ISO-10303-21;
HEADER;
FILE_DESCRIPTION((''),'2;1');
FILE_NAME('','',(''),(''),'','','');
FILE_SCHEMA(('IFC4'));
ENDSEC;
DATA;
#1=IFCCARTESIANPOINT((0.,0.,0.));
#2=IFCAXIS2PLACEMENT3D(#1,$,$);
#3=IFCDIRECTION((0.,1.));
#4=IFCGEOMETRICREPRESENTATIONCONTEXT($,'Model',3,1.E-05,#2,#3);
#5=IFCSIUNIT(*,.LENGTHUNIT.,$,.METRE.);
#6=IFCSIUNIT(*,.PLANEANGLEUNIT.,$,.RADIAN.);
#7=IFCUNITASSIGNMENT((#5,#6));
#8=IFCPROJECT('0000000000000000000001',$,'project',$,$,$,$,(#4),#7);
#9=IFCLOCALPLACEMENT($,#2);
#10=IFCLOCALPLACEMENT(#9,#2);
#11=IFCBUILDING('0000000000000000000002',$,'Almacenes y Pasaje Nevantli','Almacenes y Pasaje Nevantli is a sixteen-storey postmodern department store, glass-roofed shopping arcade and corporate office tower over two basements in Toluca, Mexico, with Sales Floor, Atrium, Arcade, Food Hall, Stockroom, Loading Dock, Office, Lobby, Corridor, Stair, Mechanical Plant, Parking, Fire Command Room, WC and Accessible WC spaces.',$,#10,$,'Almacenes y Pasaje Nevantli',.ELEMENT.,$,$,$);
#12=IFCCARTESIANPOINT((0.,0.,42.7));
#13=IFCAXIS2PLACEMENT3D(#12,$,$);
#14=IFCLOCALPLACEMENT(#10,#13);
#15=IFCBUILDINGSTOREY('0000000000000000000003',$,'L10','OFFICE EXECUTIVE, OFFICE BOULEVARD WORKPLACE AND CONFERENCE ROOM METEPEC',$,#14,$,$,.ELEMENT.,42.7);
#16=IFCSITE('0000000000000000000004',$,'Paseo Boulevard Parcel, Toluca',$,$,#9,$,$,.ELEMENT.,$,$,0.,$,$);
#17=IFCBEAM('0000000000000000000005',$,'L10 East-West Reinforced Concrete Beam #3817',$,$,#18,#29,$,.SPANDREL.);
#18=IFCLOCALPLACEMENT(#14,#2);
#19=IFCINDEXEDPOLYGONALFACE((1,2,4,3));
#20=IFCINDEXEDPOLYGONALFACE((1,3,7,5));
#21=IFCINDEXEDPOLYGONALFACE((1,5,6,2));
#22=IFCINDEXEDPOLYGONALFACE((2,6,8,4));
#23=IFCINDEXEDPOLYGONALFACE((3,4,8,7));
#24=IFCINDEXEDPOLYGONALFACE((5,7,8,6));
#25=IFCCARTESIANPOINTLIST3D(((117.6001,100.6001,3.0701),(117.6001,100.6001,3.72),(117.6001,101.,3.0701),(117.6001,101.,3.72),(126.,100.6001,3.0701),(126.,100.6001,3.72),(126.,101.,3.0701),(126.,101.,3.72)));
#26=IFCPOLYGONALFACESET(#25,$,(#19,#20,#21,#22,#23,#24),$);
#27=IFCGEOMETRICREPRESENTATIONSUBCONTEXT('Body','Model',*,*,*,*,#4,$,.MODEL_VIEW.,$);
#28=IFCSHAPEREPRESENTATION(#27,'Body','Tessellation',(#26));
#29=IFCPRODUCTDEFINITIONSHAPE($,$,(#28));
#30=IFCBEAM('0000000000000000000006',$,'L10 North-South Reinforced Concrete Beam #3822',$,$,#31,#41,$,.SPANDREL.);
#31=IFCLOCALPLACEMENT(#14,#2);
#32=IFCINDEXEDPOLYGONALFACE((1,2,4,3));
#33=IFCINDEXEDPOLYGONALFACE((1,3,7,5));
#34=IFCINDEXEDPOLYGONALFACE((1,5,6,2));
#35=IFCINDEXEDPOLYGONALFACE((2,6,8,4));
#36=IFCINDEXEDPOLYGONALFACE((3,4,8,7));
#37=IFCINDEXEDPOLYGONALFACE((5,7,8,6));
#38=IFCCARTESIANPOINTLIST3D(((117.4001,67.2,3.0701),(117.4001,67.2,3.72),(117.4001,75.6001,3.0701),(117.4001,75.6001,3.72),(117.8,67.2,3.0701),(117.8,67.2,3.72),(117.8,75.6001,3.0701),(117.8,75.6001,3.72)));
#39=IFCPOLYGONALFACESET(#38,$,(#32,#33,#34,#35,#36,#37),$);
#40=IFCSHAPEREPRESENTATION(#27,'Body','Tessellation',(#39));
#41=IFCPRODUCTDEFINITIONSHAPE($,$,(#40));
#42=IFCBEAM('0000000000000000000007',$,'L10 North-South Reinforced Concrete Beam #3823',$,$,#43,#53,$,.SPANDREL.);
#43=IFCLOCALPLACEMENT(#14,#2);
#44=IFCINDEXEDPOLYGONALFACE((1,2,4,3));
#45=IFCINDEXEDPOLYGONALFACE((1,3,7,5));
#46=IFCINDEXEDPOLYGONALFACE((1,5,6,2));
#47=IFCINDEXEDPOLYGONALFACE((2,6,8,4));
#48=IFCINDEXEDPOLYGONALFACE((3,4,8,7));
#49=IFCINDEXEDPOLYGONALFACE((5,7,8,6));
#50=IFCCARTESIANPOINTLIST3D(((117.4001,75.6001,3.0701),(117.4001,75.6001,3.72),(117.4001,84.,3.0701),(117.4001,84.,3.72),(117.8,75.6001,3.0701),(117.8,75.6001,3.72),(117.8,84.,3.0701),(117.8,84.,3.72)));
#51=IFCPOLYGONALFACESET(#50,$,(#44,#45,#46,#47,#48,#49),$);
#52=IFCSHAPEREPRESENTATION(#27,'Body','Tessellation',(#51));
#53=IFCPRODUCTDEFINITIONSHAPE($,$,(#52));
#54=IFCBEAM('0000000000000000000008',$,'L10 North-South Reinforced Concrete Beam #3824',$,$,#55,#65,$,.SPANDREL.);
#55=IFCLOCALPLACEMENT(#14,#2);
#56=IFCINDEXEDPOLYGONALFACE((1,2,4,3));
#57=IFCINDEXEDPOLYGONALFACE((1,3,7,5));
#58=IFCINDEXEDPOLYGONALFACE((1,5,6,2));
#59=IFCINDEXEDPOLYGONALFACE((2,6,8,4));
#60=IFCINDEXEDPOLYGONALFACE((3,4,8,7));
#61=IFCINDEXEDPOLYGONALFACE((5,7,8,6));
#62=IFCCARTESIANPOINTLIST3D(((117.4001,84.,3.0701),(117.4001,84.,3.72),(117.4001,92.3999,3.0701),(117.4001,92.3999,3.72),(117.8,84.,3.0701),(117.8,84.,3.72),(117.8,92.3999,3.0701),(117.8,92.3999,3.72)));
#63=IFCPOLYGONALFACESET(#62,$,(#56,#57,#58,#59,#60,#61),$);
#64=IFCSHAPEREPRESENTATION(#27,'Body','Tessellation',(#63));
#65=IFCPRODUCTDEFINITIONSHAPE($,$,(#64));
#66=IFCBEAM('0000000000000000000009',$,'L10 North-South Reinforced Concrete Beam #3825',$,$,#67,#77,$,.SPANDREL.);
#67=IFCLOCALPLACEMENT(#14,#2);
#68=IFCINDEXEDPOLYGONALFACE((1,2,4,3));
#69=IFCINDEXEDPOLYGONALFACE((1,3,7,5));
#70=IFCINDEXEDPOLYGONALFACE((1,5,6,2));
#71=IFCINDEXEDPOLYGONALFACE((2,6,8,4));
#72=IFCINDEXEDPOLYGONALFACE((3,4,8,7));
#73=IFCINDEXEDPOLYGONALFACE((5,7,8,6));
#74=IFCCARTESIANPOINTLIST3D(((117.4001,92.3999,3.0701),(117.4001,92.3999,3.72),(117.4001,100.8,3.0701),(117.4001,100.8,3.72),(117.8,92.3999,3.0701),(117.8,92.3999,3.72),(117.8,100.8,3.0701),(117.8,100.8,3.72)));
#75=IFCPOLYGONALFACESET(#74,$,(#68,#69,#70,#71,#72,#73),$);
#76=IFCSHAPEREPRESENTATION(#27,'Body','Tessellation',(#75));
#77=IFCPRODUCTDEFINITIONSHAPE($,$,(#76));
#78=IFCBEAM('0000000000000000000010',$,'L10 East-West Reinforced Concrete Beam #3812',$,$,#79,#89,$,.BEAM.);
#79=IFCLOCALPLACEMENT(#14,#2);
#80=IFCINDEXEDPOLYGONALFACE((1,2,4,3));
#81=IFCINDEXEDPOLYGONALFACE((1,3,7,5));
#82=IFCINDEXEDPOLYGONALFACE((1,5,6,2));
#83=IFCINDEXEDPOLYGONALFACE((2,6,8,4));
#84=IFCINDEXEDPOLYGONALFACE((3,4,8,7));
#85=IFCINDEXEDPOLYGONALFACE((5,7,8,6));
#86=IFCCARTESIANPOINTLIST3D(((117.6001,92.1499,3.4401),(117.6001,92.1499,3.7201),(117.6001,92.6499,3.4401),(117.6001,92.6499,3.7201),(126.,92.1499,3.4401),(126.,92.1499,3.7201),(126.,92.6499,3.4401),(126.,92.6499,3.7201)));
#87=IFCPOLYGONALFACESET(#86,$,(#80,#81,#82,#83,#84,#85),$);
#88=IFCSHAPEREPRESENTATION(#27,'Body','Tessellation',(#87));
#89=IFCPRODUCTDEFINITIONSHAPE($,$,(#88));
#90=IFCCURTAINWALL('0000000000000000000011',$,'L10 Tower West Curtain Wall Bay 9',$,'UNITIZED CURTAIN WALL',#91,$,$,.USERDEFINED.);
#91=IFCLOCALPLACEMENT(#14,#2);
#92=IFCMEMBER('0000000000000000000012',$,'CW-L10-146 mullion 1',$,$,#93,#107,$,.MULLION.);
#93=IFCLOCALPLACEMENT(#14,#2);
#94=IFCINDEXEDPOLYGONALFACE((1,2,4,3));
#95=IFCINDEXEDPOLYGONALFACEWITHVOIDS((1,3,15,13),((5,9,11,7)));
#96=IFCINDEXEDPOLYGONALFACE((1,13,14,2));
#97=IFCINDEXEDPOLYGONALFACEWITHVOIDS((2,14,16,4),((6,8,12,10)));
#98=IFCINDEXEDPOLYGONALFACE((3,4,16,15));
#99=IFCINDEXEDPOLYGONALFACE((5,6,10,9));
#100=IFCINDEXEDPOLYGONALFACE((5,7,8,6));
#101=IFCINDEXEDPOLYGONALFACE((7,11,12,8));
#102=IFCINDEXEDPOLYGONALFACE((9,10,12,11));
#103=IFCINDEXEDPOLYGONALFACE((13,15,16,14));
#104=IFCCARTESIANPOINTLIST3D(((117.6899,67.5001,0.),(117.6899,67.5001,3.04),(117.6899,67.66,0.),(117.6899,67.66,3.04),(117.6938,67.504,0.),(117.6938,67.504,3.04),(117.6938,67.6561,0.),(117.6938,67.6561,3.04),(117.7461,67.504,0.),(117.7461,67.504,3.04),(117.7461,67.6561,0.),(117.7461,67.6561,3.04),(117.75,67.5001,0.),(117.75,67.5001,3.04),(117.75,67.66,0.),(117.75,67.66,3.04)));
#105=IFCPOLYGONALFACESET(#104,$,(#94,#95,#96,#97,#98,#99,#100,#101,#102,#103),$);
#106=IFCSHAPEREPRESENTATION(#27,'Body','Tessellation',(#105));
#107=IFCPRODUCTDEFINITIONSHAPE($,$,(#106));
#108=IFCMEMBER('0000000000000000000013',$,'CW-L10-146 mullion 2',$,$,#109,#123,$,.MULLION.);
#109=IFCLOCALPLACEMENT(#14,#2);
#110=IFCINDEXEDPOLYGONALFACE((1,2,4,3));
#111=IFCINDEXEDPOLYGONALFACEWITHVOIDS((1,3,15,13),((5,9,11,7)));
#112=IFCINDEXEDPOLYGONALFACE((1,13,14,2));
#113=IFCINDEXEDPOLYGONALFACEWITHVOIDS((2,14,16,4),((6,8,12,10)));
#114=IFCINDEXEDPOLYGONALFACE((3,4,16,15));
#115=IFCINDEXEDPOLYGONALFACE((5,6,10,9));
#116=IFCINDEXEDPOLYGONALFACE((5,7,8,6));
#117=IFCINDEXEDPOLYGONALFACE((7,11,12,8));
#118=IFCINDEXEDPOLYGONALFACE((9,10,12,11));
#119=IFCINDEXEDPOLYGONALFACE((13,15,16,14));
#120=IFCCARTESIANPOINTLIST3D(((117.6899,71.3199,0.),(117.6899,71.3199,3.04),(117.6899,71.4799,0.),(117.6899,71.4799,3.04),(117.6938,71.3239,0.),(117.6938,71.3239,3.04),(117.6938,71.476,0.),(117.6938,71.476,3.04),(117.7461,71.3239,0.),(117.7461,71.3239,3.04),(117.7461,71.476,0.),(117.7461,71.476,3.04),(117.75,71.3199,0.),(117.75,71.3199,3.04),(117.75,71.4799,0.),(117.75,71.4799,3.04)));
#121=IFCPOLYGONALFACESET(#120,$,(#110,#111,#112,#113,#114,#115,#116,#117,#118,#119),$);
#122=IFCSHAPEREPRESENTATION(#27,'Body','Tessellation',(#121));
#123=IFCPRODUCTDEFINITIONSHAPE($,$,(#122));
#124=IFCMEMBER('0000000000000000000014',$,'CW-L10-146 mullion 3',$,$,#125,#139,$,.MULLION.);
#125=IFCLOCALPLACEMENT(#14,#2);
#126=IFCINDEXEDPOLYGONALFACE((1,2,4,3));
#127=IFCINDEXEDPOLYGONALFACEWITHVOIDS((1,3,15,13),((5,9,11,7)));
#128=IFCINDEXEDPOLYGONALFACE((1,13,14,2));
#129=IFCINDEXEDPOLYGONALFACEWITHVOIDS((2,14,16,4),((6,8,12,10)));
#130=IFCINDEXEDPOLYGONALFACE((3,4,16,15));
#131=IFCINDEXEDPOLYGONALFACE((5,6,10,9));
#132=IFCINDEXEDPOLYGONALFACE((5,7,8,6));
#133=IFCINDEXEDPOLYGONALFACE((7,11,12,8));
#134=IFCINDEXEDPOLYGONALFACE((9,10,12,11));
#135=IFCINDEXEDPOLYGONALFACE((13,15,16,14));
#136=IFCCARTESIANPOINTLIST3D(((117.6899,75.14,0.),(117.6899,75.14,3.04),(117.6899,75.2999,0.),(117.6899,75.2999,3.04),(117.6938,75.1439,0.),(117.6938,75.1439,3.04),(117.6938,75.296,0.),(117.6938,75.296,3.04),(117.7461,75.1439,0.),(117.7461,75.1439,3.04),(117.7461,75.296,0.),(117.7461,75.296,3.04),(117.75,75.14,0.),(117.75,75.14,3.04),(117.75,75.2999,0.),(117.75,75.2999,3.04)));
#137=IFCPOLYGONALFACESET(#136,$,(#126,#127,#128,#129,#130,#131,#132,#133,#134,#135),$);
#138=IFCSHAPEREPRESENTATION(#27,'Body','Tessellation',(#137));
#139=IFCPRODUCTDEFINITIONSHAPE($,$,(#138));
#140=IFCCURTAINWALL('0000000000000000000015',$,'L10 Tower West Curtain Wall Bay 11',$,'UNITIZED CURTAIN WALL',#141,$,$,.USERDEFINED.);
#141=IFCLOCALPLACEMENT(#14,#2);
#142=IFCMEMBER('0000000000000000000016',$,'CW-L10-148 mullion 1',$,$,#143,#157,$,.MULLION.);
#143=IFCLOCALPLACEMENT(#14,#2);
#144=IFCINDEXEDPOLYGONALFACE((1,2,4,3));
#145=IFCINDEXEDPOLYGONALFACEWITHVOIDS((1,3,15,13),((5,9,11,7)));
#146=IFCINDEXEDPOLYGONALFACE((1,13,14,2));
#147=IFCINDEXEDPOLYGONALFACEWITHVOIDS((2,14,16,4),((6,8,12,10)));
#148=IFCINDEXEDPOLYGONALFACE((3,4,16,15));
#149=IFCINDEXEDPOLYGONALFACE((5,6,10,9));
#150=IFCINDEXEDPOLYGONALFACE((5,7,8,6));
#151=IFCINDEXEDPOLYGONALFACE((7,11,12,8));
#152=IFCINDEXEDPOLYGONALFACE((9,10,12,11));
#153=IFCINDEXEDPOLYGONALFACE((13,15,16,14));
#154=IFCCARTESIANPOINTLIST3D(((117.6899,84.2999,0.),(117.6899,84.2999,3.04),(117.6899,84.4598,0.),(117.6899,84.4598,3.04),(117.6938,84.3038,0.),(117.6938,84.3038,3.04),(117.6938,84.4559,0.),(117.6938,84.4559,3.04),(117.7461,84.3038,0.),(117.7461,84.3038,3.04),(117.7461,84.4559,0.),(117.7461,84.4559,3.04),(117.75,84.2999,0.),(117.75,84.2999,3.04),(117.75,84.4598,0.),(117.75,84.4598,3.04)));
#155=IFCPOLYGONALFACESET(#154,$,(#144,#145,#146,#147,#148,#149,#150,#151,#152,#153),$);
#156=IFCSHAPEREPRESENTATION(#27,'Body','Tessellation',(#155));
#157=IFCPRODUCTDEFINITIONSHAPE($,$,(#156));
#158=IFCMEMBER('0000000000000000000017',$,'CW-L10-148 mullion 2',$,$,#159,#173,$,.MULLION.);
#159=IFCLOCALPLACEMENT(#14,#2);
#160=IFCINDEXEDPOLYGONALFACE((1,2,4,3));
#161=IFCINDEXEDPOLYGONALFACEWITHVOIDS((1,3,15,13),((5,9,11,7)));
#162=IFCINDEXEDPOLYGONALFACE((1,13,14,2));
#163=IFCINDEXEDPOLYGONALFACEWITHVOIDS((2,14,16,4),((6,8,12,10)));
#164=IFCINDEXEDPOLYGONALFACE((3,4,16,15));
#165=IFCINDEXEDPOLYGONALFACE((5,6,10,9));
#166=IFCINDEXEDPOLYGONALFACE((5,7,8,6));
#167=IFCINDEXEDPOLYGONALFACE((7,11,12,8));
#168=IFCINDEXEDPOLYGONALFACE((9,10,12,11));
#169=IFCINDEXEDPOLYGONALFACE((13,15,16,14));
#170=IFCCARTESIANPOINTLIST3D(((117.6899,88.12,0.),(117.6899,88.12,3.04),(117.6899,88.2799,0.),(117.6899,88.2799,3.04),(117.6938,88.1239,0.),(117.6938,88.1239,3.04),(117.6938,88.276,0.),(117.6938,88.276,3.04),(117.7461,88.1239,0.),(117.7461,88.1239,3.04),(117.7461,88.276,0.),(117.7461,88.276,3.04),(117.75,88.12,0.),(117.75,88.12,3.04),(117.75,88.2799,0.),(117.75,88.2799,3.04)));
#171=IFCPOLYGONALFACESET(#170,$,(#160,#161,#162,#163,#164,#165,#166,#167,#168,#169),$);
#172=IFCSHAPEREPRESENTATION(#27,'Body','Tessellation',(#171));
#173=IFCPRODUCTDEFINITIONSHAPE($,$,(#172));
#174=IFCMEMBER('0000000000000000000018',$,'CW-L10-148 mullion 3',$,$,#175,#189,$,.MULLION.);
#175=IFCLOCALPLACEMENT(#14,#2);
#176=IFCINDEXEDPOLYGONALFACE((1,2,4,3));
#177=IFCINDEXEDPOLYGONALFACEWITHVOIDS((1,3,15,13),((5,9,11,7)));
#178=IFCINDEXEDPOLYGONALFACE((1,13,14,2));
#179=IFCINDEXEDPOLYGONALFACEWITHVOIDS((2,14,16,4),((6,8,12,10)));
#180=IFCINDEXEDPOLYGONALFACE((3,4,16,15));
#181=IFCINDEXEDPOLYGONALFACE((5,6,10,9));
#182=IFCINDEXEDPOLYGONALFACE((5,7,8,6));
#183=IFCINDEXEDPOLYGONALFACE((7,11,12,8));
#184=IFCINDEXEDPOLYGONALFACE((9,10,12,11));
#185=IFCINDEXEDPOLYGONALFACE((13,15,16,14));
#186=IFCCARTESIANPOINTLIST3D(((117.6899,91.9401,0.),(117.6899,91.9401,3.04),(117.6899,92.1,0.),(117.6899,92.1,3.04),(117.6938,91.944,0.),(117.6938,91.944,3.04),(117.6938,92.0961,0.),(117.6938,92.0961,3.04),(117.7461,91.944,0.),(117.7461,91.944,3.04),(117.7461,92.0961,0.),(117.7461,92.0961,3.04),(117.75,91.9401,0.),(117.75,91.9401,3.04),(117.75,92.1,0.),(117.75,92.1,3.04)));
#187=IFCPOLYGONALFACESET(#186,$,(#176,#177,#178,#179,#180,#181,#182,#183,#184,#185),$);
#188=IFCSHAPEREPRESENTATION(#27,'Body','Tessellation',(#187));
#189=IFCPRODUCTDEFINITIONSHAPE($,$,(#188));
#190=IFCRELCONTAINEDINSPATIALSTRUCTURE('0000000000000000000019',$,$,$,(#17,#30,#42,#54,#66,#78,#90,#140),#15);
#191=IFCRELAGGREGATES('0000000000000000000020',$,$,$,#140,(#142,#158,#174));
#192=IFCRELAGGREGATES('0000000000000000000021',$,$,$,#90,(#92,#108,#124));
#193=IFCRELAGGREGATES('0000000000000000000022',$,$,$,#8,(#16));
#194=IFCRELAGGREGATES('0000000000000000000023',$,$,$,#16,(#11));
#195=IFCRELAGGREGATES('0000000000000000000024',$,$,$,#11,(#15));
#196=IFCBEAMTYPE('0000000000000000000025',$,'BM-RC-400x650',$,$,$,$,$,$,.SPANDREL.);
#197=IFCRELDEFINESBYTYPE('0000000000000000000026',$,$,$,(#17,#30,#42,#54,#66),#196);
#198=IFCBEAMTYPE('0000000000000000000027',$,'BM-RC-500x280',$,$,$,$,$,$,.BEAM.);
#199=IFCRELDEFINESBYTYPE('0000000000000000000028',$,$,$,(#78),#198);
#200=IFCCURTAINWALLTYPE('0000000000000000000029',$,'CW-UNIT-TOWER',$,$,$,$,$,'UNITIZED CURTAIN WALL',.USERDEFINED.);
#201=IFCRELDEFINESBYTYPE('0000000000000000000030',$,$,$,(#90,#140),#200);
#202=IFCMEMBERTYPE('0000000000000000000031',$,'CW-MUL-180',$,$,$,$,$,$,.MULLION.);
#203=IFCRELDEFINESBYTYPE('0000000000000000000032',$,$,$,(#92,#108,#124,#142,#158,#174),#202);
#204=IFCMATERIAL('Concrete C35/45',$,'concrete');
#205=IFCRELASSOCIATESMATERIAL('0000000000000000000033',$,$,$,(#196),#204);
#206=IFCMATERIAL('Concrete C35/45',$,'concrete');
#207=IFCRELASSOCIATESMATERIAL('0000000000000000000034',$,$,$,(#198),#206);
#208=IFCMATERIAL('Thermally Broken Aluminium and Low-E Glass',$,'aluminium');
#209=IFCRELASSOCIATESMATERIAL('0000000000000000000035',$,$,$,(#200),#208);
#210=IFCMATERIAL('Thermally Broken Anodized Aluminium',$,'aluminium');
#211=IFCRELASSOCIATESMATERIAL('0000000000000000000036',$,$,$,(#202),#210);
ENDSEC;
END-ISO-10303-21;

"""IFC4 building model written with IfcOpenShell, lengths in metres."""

from ifc_helpers import new_model, si_unit, direction, frame, origin, origin_2d, place, context, subcontext, project, spatial, rectangle, hollow_rectangle, extrude, material, material_profile, profile_set, type_object, element, aggregate, save


model = new_model("IFC4")

# Units and contexts
model_context = context("Model", 3, precision=1e-05, world=origin(), true_north=direction((0.0, 1.0)))
body_context = subcontext(model_context, "Body", "Model", "MODEL_VIEW")
ifc_project = project(units=[si_unit("LENGTHUNIT", "METRE"), si_unit("PLANEANGLEUNIT", "RADIAN")], contexts=[model_context])

# Site, building, storey
site_placement = place(None, origin())
site = spatial("IfcSite", under=ifc_project, at=site_placement, Name="Paseo Boulevard Parcel, Toluca", CompositionType="ELEMENT", RefElevation=0.0)
building_placement = place(site_placement, origin())
building = spatial("IfcBuilding", under=site, at=building_placement, Name="Almacenes y Pasaje Nevantli", Description="Almacenes y Pasaje Nevantli is a sixteen-storey postmodern department store, glass-roofed shopping arcade and corporate office tower over two basements in Toluca, Mexico, with Sales Floor, Atrium, Arcade, Food Hall, Stockroom, Loading Dock, Office, Lobby, Corridor, Stair, Mechanical Plant, Parking, Fire Command Room, WC and Accessible WC spaces.", LongName="Almacenes y Pasaje Nevantli", CompositionType="ELEMENT")
storey_placement = place(building_placement, frame((0.0, 0.0, 42.7)))
storey = spatial("IfcBuildingStorey", under=building, at=storey_placement, Name="L10", Description="OFFICE EXECUTIVE, OFFICE BOULEVARD WORKPLACE AND CONFERENCE ROOM METEPEC", CompositionType="ELEMENT", Elevation=42.7)

# Beams
ifc_material_1 = material(Name="Concrete C35/45", Category="concrete")
ifc_material_profile_1 = material_profile(ifc_material_1, rectangle(XDim=0.3999, YDim=0.6499, at=origin_2d()), Name="RC-BM-400x650")
ifc_profile_set_1 = profile_set([ifc_material_profile_1], Name="Concrete C35/45")
beam_type_1 = type_object("IfcBeamType", Name="BM-RC-400x650", PredefinedType="SPANDREL", material=ifc_profile_set_1)
beam_1_placement = place(storey_placement, frame((117.6001, 100.8, 3.395), z_axis=(1.0, 0.0, 0.0), x_axis=(0.0, 1.0, 0.0)))
element("IfcBeam", 1, at=beam_1_placement, inside=storey, type_object=beam_type_1, Name="L10 East-West Reinforced Concrete Beam #3817", PredefinedType="SPANDREL", context=body_context, shape_type="SweptSolid", body=[
    extrude(rectangle(XDim=0.3999, YDim=0.6499, at=origin_2d()), origin(), (0.0, 0.0, 1.0), 8.3999),
])
beam_2_placement = place(storey_placement, frame((117.6001, 67.2, 3.395), z_axis=(0.0, 1.0, 0.0), x_axis=(-1.0, 0.0, 0.0)))
element("IfcBeam", 2, at=beam_2_placement, inside=storey, type_object=beam_type_1, Name="L10 North-South Reinforced Concrete Beam #3822", PredefinedType="SPANDREL", context=body_context, shape_type="SweptSolid", body=[
    extrude(rectangle(XDim=0.3999, YDim=0.6499, at=origin_2d()), origin(), (0.0, 0.0, 1.0), 8.4001),
])
for number, where, z_axis, x_axis, name in (
    (3, (117.6001, 75.6001, 3.395), (0.0, 1.0, 0.0), (-1.0, 0.0, 0.0), "L10 North-South Reinforced Concrete Beam #3823"),
    (4, (117.6001, 84.0, 3.395), (0.0, 1.0, 0.0), (-1.0, 0.0, 0.0), "L10 North-South Reinforced Concrete Beam #3824"),
):
    element("IfcBeam", number, at=place(storey_placement, frame(where, z_axis=z_axis, x_axis=x_axis)), inside=storey, type_object=beam_type_1, Name=name, PredefinedType="SPANDREL", context=body_context, shape_type="SweptSolid", body=[
        extrude(rectangle(XDim=0.3999, YDim=0.6499, at=origin_2d()), origin(), (0.0, 0.0, 1.0), 8.3999),
    ])
beam_3_placement = place(storey_placement, frame((117.6001, 92.3999, 3.395), z_axis=(0.0, 1.0, 0.0), x_axis=(-1.0, 0.0, 0.0)))
element("IfcBeam", 5, at=beam_3_placement, inside=storey, type_object=beam_type_1, Name="L10 North-South Reinforced Concrete Beam #3825", PredefinedType="SPANDREL", context=body_context, shape_type="SweptSolid", body=[
    extrude(rectangle(XDim=0.3999, YDim=0.6499, at=origin_2d()), origin(), (0.0, 0.0, 1.0), 8.4001),
])
ifc_material_2 = material(Name="Concrete C35/45", Category="concrete")
ifc_material_profile_2 = material_profile(ifc_material_2, rectangle(XDim=0.5, YDim=0.28, at=origin_2d()), Name="RC-BM-500x280")
ifc_profile_set_2 = profile_set([ifc_material_profile_2], Name="Concrete C35/45")
beam_type_2 = type_object("IfcBeamType", Name="BM-RC-500x280", PredefinedType="BEAM", material=ifc_profile_set_2)
beam_4_placement = place(storey_placement, frame((117.6001, 92.3999, 3.5801), z_axis=(1.0, 0.0, 0.0), x_axis=(0.0, 1.0, 0.0)))
element("IfcBeam", 6, at=beam_4_placement, inside=storey, type_object=beam_type_2, Name="L10 East-West Reinforced Concrete Beam #3812", PredefinedType="BEAM", context=body_context, shape_type="SweptSolid", body=[
    extrude(rectangle(XDim=0.5, YDim=0.28, at=origin_2d()), origin(), (0.0, 0.0, 1.0), 8.3999),
])

# Curtain walls, members
ifc_material_3 = material(Name="Thermally Broken Aluminium and Low-E Glass", Category="aluminium")
curtain_wall_type = type_object("IfcCurtainWallType", Name="CW-UNIT-TOWER", ElementType="UNITIZED CURTAIN WALL", PredefinedType="USERDEFINED", material=ifc_material_3)
curtain_wall_1_placement = place(storey_placement, origin())
curtain_wall_1 = element("IfcCurtainWall", 7, at=curtain_wall_1_placement, inside=storey, type_object=curtain_wall_type, Name="L10 Tower West Curtain Wall Bay 9", ObjectType="UNITIZED CURTAIN WALL", PredefinedType="USERDEFINED")
ifc_material_4 = material(Name="Thermally Broken Anodized Aluminium", Category="aluminium")
ifc_material_profile_3 = material_profile(ifc_material_4, hollow_rectangle(XDim=0.0601, YDim=0.1599, WallThickness=0.0039, at=origin_2d()), Name="ALU-MUL-60x160")
ifc_profile_set_3 = profile_set([ifc_material_profile_3], Name="Thermally Broken Anodized Aluminium")
member_type_1 = type_object("IfcMemberType", Name="CW-MUL-180", PredefinedType="MULLION", material=ifc_profile_set_3)
member_1_placement = place(storey_placement, frame((117.72, 67.5801, 0.0), z_axis=(0.0, 0.0, 1.0), x_axis=(-1.0, 0.0, 0.0)))
member_1 = element("IfcMember", 8, at=member_1_placement, type_object=member_type_1, Name="CW-L10-146 mullion 1", PredefinedType="MULLION", context=body_context, shape_type="SweptSolid", body=[
    extrude(hollow_rectangle(XDim=0.0601, YDim=0.1599, WallThickness=0.0039, at=origin_2d()), origin(), (0.0, 0.0, 1.0), 3.04),
])
member_2_placement = place(storey_placement, frame((117.72, 71.3999, 0.0), z_axis=(0.0, 0.0, 1.0), x_axis=(-1.0, 0.0, 0.0)))
member_2 = element("IfcMember", 9, at=member_2_placement, type_object=member_type_1, Name="CW-L10-146 mullion 2", PredefinedType="MULLION", context=body_context, shape_type="SweptSolid", body=[
    extrude(hollow_rectangle(XDim=0.0601, YDim=0.1599, WallThickness=0.0039, at=origin_2d()), origin(), (0.0, 0.0, 1.0), 3.04),
])
member_3_placement = place(storey_placement, frame((117.72, 75.22, 0.0), z_axis=(0.0, 0.0, 1.0), x_axis=(-1.0, 0.0, 0.0)))
member_3 = element("IfcMember", 10, at=member_3_placement, type_object=member_type_1, Name="CW-L10-146 mullion 3", PredefinedType="MULLION", context=body_context, shape_type="SweptSolid", body=[
    extrude(hollow_rectangle(XDim=0.0601, YDim=0.1599, WallThickness=0.0039, at=origin_2d()), origin(), (0.0, 0.0, 1.0), 3.04),
])
curtain_wall_2_placement = place(storey_placement, origin())
curtain_wall_2 = element("IfcCurtainWall", 11, at=curtain_wall_2_placement, inside=storey, type_object=curtain_wall_type, Name="L10 Tower West Curtain Wall Bay 11", ObjectType="UNITIZED CURTAIN WALL", PredefinedType="USERDEFINED")
member_4_placement = place(storey_placement, frame((117.72, 84.3799, 0.0), z_axis=(0.0, 0.0, 1.0), x_axis=(-1.0, 0.0, 0.0)))
member_4 = element("IfcMember", 12, at=member_4_placement, type_object=member_type_1, Name="CW-L10-148 mullion 1", PredefinedType="MULLION", context=body_context, shape_type="SweptSolid", body=[
    extrude(hollow_rectangle(XDim=0.0601, YDim=0.1599, WallThickness=0.0039, at=origin_2d()), origin(), (0.0, 0.0, 1.0), 3.04),
])
member_5_placement = place(storey_placement, frame((117.72, 88.2, 0.0), z_axis=(0.0, 0.0, 1.0), x_axis=(-1.0, 0.0, 0.0)))
member_5 = element("IfcMember", 13, at=member_5_placement, type_object=member_type_1, Name="CW-L10-148 mullion 2", PredefinedType="MULLION", context=body_context, shape_type="SweptSolid", body=[
    extrude(hollow_rectangle(XDim=0.0601, YDim=0.1599, WallThickness=0.0039, at=origin_2d()), origin(), (0.0, 0.0, 1.0), 3.04),
])
member_6_placement = place(storey_placement, frame((117.72, 92.02, 0.0), z_axis=(0.0, 0.0, 1.0), x_axis=(-1.0, 0.0, 0.0)))
member_6 = element("IfcMember", 14, at=member_6_placement, type_object=member_type_1, Name="CW-L10-148 mullion 3", PredefinedType="MULLION", context=body_context, shape_type="SweptSolid", body=[
    extrude(hollow_rectangle(XDim=0.0601, YDim=0.1599, WallThickness=0.0039, at=origin_2d()), origin(), (0.0, 0.0, 1.0), 3.04),
])
aggregate(curtain_wall_2, [member_4, member_5, member_6])

aggregate(curtain_wall_1, [member_1, member_2, member_3])

save(model, "model.ifc")
